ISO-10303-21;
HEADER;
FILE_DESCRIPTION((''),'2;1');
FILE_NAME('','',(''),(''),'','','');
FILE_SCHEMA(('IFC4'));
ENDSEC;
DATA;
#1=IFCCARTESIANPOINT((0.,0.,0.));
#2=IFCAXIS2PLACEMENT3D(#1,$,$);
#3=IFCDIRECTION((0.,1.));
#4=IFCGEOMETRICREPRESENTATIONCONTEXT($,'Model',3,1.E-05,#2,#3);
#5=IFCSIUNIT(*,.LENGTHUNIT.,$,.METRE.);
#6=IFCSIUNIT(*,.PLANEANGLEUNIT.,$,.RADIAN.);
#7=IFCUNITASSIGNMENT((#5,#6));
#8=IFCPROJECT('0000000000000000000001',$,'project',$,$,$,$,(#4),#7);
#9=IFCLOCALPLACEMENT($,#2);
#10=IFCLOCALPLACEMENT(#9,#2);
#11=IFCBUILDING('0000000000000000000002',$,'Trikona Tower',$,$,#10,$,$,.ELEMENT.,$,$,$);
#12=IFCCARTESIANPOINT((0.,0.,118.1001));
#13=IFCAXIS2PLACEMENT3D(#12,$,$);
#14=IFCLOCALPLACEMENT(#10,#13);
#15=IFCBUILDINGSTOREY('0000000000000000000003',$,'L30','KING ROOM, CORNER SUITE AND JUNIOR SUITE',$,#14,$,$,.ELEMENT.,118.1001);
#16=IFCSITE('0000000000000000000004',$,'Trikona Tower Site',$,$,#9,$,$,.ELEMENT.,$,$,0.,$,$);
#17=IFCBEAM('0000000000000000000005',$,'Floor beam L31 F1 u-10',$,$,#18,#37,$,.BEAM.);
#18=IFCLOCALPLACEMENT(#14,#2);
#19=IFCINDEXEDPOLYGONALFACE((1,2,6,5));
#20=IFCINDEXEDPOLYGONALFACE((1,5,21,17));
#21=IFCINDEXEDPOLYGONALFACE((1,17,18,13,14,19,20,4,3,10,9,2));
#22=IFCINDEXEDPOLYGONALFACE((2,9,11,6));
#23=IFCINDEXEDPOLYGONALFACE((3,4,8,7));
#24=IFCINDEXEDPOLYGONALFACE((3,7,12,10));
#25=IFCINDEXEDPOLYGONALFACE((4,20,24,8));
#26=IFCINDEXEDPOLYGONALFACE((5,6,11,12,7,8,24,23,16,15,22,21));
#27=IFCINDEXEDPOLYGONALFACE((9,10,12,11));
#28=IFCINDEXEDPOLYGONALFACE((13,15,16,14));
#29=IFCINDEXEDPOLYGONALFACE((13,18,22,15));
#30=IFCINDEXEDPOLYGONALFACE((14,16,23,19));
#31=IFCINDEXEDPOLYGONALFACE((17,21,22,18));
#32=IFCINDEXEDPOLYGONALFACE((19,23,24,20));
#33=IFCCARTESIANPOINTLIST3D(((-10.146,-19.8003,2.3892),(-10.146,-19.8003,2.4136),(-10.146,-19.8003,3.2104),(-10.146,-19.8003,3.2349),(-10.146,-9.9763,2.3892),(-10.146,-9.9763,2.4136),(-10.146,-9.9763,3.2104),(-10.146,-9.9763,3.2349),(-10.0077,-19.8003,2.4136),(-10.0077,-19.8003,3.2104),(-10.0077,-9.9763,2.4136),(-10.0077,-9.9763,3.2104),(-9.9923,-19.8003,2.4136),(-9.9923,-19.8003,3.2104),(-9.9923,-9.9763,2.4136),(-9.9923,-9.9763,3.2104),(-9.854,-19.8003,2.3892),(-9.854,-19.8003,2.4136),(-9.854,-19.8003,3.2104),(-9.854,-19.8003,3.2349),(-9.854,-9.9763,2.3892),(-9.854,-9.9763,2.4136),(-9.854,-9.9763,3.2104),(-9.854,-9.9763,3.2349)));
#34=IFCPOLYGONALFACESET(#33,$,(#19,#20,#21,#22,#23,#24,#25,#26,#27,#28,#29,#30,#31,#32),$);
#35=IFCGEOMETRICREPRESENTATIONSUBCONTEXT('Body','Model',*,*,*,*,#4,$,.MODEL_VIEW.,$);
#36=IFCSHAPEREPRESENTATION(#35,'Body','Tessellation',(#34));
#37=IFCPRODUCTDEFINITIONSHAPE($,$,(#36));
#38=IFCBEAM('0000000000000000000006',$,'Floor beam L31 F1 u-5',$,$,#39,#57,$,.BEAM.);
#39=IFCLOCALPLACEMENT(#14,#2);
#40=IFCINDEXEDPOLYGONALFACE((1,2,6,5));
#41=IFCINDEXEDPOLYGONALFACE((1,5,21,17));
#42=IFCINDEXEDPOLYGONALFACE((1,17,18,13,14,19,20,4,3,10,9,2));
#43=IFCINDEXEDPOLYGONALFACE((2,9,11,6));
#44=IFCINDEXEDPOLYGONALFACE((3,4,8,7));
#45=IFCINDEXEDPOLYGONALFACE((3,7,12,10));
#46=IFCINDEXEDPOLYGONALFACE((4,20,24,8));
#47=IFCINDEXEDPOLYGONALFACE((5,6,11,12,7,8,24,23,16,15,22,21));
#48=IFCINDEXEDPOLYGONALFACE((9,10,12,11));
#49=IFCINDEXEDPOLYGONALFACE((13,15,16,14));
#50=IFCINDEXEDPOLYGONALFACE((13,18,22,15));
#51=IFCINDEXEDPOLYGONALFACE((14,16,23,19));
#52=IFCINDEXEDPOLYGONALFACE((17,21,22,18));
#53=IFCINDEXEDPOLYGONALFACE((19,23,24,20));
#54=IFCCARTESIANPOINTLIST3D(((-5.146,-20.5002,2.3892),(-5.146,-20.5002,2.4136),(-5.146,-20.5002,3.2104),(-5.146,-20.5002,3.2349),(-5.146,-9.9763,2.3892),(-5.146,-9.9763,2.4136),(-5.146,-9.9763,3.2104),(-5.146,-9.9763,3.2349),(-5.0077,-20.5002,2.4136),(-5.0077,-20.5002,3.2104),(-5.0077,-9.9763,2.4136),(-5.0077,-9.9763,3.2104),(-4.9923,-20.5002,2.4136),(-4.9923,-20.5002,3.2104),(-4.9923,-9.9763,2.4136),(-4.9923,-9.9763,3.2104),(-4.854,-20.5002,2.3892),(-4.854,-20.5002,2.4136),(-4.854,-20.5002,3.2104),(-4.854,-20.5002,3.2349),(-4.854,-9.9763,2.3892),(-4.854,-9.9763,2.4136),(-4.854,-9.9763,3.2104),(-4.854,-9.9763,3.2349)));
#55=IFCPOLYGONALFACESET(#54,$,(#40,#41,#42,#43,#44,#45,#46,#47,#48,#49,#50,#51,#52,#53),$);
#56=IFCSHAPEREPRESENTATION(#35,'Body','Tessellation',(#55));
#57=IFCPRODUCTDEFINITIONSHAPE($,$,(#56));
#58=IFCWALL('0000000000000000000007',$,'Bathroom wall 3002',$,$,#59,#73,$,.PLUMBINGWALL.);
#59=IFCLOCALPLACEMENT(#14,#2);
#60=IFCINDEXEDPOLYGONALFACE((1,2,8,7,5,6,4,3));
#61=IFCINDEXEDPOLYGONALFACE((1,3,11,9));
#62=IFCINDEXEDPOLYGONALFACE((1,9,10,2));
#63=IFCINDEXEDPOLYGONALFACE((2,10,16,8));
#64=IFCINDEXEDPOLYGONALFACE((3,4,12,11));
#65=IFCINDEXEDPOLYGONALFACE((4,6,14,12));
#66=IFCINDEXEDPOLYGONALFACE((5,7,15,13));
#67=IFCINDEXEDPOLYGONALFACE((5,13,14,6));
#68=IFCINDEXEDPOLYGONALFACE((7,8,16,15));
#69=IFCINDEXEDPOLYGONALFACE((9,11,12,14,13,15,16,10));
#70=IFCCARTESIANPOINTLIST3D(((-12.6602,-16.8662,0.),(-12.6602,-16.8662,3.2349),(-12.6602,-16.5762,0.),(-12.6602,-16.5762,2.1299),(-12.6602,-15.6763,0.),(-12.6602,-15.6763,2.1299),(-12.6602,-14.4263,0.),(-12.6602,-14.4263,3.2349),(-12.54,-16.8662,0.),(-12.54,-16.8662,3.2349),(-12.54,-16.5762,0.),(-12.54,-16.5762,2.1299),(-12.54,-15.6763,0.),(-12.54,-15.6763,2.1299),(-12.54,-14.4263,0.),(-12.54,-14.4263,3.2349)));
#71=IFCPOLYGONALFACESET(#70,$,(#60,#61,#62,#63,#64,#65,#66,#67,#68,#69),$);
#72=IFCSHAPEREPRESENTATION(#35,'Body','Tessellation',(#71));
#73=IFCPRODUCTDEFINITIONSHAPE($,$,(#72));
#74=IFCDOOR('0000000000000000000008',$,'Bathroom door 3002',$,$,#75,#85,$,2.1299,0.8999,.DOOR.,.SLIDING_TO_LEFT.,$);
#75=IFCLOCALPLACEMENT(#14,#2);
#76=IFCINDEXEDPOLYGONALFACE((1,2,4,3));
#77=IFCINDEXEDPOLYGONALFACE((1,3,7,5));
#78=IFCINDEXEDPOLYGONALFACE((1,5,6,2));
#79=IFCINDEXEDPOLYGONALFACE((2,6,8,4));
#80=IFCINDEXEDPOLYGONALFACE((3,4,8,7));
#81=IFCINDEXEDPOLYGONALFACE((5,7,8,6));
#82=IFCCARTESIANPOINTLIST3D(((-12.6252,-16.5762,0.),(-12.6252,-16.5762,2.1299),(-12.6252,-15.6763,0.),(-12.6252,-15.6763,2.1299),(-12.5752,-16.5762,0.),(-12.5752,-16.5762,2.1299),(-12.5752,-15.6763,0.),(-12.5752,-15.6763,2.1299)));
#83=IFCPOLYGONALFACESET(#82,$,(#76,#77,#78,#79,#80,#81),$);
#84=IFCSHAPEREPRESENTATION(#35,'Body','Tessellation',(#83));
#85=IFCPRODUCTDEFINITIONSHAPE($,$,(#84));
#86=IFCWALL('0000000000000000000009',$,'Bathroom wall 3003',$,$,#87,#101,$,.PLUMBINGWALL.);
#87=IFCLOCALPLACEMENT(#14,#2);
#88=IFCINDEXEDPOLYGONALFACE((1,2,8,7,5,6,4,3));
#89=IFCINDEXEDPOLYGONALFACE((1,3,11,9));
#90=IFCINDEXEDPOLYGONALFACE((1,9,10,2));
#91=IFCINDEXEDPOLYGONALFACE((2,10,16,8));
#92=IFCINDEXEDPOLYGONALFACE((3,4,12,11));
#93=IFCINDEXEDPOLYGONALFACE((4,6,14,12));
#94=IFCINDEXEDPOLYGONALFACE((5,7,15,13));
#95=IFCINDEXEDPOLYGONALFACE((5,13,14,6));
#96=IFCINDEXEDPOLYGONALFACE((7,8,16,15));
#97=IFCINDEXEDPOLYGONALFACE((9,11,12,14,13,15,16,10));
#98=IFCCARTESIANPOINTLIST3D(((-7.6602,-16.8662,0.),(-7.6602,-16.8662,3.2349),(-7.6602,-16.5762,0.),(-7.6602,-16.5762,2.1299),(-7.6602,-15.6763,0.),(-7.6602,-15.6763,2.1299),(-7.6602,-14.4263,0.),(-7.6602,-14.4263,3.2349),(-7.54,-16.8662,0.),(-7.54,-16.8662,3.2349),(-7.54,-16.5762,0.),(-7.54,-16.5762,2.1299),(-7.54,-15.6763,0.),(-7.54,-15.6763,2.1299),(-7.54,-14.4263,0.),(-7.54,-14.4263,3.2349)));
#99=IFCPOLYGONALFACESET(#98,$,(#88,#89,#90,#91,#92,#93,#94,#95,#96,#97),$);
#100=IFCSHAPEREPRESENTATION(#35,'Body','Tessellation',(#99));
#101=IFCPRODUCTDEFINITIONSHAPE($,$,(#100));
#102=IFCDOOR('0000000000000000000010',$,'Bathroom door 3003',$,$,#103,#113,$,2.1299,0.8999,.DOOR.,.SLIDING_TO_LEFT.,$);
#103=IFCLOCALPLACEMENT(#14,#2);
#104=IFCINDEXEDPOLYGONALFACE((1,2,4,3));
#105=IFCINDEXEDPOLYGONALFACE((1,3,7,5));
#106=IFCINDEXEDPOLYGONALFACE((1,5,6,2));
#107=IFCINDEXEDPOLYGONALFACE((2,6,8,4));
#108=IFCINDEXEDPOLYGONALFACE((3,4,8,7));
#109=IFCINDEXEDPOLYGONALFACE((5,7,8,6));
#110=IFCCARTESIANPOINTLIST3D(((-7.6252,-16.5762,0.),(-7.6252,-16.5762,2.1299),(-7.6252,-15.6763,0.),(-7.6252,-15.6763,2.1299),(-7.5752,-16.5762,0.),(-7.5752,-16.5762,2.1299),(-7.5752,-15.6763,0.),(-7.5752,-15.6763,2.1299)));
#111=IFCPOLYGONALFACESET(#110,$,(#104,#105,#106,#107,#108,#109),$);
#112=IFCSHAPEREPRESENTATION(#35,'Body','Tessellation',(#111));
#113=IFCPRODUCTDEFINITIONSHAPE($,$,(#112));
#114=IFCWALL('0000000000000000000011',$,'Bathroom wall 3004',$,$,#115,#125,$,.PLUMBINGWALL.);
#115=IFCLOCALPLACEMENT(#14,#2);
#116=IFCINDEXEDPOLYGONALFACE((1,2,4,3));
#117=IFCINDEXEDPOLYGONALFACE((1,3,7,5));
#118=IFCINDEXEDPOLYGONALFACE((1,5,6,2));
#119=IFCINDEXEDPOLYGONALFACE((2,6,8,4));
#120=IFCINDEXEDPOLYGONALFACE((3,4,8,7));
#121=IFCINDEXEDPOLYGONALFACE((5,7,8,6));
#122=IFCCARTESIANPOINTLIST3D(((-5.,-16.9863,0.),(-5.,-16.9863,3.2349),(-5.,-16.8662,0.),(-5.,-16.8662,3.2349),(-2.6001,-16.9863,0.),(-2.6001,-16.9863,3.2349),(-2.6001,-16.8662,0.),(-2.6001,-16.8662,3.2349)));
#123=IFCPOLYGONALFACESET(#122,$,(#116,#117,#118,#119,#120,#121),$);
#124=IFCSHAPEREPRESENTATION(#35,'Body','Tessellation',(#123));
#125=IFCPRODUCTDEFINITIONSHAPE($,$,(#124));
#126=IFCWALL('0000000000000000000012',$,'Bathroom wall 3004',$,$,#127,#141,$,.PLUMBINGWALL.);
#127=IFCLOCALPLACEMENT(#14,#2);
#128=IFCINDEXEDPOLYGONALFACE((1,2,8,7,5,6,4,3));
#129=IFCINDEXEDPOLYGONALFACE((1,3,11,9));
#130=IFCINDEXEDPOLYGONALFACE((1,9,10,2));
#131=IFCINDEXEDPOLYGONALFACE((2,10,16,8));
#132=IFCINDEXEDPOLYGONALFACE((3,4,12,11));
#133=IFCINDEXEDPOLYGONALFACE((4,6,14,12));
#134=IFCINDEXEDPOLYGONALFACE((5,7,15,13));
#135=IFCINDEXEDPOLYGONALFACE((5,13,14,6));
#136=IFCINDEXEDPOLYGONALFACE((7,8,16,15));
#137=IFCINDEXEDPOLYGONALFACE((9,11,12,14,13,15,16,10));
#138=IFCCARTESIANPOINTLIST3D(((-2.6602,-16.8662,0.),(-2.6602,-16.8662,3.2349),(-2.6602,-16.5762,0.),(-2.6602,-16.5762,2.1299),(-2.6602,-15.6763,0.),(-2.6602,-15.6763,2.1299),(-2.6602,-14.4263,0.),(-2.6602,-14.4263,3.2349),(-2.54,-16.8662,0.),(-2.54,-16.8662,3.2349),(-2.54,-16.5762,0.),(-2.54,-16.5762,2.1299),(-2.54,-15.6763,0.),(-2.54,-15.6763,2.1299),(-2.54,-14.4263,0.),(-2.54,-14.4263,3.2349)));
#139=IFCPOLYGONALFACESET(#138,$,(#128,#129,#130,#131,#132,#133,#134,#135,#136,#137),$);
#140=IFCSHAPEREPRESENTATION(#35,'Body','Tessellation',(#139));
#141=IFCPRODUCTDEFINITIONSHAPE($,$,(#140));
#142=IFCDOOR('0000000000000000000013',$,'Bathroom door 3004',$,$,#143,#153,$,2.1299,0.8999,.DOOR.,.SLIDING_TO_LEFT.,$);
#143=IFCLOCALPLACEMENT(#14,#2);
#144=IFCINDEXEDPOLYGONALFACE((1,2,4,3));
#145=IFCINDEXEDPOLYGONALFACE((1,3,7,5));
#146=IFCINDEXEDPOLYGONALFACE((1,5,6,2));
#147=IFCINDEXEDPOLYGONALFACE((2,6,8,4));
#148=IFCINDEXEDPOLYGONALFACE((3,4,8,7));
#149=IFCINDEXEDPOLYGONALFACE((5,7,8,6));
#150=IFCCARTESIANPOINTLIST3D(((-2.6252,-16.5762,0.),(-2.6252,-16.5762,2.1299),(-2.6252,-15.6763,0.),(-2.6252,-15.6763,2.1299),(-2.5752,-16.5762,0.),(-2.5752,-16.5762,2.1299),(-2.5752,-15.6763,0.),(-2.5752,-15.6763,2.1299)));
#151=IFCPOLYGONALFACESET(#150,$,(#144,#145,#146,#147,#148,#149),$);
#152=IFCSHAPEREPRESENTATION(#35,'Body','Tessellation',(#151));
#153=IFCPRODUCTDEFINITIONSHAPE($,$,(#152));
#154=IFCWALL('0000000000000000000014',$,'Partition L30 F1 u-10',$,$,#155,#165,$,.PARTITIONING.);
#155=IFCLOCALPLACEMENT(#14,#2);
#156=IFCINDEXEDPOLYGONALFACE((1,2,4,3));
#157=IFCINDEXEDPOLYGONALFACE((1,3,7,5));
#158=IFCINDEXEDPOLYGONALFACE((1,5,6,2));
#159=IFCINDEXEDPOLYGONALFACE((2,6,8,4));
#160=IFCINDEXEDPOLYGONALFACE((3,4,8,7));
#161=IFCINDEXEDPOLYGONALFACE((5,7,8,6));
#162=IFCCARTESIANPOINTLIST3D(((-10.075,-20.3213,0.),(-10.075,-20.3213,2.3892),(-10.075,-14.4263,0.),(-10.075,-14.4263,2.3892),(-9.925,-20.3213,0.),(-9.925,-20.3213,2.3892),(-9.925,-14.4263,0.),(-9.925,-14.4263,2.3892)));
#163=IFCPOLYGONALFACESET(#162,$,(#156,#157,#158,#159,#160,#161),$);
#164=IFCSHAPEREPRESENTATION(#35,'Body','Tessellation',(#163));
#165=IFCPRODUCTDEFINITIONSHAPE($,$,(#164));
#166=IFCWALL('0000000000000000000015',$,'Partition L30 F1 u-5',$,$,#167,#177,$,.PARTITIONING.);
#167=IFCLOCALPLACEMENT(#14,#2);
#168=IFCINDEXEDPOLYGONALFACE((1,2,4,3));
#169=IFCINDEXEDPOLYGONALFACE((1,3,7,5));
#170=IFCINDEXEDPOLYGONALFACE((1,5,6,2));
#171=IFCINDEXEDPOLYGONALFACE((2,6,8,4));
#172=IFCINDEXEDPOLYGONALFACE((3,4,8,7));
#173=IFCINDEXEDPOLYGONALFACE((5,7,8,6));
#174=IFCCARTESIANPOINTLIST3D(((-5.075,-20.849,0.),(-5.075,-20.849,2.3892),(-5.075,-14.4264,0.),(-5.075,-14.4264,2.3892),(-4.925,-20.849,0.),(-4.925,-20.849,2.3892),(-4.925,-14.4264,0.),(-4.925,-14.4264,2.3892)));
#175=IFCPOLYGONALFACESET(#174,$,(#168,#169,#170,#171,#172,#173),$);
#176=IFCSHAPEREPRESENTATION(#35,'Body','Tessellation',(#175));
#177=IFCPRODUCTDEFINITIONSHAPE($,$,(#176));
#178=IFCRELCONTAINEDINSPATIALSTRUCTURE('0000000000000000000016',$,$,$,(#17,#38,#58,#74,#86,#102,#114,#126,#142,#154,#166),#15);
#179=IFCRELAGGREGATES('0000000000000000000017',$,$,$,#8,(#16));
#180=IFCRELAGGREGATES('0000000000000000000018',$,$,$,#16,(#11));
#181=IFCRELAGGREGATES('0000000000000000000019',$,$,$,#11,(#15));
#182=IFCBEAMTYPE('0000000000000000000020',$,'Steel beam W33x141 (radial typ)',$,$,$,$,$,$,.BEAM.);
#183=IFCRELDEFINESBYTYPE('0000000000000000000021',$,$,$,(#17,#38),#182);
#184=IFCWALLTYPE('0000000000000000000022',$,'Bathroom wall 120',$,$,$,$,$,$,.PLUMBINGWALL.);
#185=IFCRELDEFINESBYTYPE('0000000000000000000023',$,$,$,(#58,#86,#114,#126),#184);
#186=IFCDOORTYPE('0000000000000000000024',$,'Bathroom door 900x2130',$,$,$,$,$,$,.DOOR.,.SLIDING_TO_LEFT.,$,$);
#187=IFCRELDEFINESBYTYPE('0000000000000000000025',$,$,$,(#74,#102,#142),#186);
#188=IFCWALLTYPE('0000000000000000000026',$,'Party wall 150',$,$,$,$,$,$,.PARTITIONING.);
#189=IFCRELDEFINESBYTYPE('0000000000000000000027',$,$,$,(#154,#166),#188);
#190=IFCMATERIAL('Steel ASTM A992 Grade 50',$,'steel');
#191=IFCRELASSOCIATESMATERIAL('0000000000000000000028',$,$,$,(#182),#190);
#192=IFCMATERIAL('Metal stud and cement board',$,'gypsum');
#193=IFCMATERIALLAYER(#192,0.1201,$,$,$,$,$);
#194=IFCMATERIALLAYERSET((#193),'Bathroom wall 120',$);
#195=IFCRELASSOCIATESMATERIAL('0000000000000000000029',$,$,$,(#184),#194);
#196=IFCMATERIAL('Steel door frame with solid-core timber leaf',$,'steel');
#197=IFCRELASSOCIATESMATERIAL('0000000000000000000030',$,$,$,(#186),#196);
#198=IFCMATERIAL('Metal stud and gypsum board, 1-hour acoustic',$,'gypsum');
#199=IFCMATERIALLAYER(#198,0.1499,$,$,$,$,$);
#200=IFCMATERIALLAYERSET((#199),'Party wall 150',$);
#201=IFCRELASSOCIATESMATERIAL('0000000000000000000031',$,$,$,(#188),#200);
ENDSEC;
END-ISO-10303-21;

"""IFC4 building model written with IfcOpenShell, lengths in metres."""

from ifc_helpers import new_model, si_unit, direction, frame, frame_2d, origin, origin_2d, place, context, subcontext, project, spatial, rectangle, i_section, extrude, material, layer, layer_set, material_profile, profile_set, type_object, element, fill, save


model = new_model("IFC4")

# Units and contexts
model_context = context("Model", 3, precision=1e-05, world=origin(), true_north=direction((0.0, 1.0)))
body_context = subcontext(model_context, "Body", "Model", "MODEL_VIEW")
ifc_project = project(units=[si_unit("LENGTHUNIT", "METRE"), si_unit("PLANEANGLEUNIT", "RADIAN")], contexts=[model_context])

# Site, building, storey
site_placement = place(None, origin())
site = spatial("IfcSite", under=ifc_project, at=site_placement, Name="Trikona Tower Site", CompositionType="ELEMENT", RefElevation=0.0)
building_placement = place(site_placement, origin())
building = spatial("IfcBuilding", under=site, at=building_placement, Name="Trikona Tower", CompositionType="ELEMENT")
storey_placement = place(building_placement, frame((0.0, 0.0, 118.1001)))
storey = spatial("IfcBuildingStorey", under=building, at=storey_placement, Name="L30", Description="KING ROOM, CORNER SUITE AND JUNIOR SUITE", CompositionType="ELEMENT", Elevation=118.1001)

# Beams
ifc_material_1 = material(Name="Steel ASTM A992 Grade 50", Category="steel")
ifc_material_profile = material_profile(ifc_material_1, i_section(OverallWidth=0.292, OverallDepth=0.8457, WebThickness=0.0154, FlangeThickness=0.0244, at=origin_2d()), Name="W33X141")
ifc_profile_set = profile_set([ifc_material_profile], Name="Steel ASTM A992 Grade 50")
beam_type = type_object("IfcBeamType", Name="Steel beam W33x141 (radial typ)", PredefinedType="BEAM", material=ifc_profile_set)
beam_1_placement = place(storey_placement, frame((-10.0, -9.9763, 2.812), z_axis=(0.0, -1.0, 0.0), x_axis=(1.0, 0.0, 0.0)))
element("IfcBeam", 1, at=beam_1_placement, inside=storey, type_object=beam_type, Name="Floor beam L31 F1 u-10", PredefinedType="BEAM", context=body_context, shape_type="SweptSolid", body=[
    extrude(i_section(OverallWidth=0.292, OverallDepth=0.8457, WebThickness=0.0154, FlangeThickness=0.0244, at=origin_2d()), origin(), (0.0, 0.0, 1.0), 9.824),
])
beam_2_placement = place(storey_placement, frame((-5.0, -9.9763, 2.812), z_axis=(0.0, -1.0, 0.0), x_axis=(1.0, 0.0, 0.0)))
element("IfcBeam", 2, at=beam_2_placement, inside=storey, type_object=beam_type, Name="Floor beam L31 F1 u-5", PredefinedType="BEAM", context=body_context, shape_type="SweptSolid", body=[
    extrude(i_section(OverallWidth=0.292, OverallDepth=0.8457, WebThickness=0.0154, FlangeThickness=0.0244, at=origin_2d()), origin(), (0.0, 0.0, 1.0), 10.5239),
])

# Walls, openings, doors
ifc_material_2 = material(Name="Metal stud and cement board", Category="gypsum")
ifc_layer_1 = layer(ifc_material_2, 0.1201)
ifc_layer_set_1 = layer_set([ifc_layer_1], Name="Bathroom wall 120")
wall_type_1 = type_object("IfcWallType", Name="Bathroom wall 120", PredefinedType="PLUMBINGWALL", material=ifc_layer_set_1)
wall_1_placement = place(storey_placement, frame((-12.6001, -14.4263, 0.0), z_axis=(0.0, 0.0, 1.0), x_axis=(0.0, -1.0, 0.0)))
wall_1 = element("IfcWall", 3, at=wall_1_placement, inside=storey, type_object=wall_type_1, Name="Bathroom wall 3002", PredefinedType="PLUMBINGWALL", context=body_context, shape_type="SweptSolid", body=[
    extrude(rectangle(XDim=2.4399, YDim=0.1201, at=frame_2d((1.22, 0.0))), origin(), (0.0, 0.0, 1.0), 3.2349),
])
opening_1_placement = place(wall_1_placement, frame((1.25, 0.0, 0.0)))
opening_1 = element("IfcOpeningElement", 4, at=opening_1_placement, cuts=wall_1, PredefinedType="OPENING", context=body_context, shape_type="SweptSolid", body=[
    extrude(rectangle(XDim=0.8999, YDim=2.1299, at=frame_2d((0.45, 1.0649))), frame((0.0, 0.0701, 0.0), z_axis=(0.0, -1.0, 0.0), x_axis=(1.0, 0.0, 0.0)), (0.0, 0.0, 1.0), 0.1401),
])
ifc_material_3 = material(Name="Steel door frame with solid-core timber leaf", Category="steel")
door_type_1 = type_object("IfcDoorType", Name="Bathroom door 900x2130", OperationType="SLIDING_TO_LEFT", PredefinedType="DOOR", material=ifc_material_3)
door_1_placement = place(opening_1_placement, origin())
door_1 = element("IfcDoor", 5, at=door_1_placement, inside=storey, type_object=door_type_1, Name="Bathroom door 3002", OperationType="SLIDING_TO_LEFT", OverallHeight=2.1299, OverallWidth=0.8999, PredefinedType="DOOR", context=body_context, shape_type="SweptSolid", body=[
    extrude(rectangle(XDim=0.8999, YDim=2.1299, at=frame_2d((0.45, 1.0649))), frame((0.0, 0.0249, 0.0), z_axis=(0.0, -1.0, 0.0), x_axis=(1.0, 0.0, 0.0)), (0.0, 0.0, 1.0), 0.05),
])
fill(opening_1, door_1)
wall_2_placement = place(storey_placement, frame((-7.6001, -14.4263, 0.0), z_axis=(0.0, 0.0, 1.0), x_axis=(0.0, -1.0, 0.0)))
wall_2 = element("IfcWall", 6, at=wall_2_placement, inside=storey, type_object=wall_type_1, Name="Bathroom wall 3003", PredefinedType="PLUMBINGWALL", context=body_context, shape_type="SweptSolid", body=[
    extrude(rectangle(XDim=2.4399, YDim=0.1201, at=frame_2d((1.22, 0.0))), origin(), (0.0, 0.0, 1.0), 3.2349),
])
opening_2_placement = place(wall_2_placement, frame((1.25, 0.0, 0.0)))
opening_2 = element("IfcOpeningElement", 7, at=opening_2_placement, cuts=wall_2, PredefinedType="OPENING", context=body_context, shape_type="SweptSolid", body=[
    extrude(rectangle(XDim=0.8999, YDim=2.1299, at=frame_2d((0.45, 1.0649))), frame((0.0, 0.0701, 0.0), z_axis=(0.0, -1.0, 0.0), x_axis=(1.0, 0.0, 0.0)), (0.0, 0.0, 1.0), 0.1401),
])
door_2_placement = place(opening_2_placement, origin())
door_2 = element("IfcDoor", 8, at=door_2_placement, inside=storey, type_object=door_type_1, Name="Bathroom door 3003", OperationType="SLIDING_TO_LEFT", OverallHeight=2.1299, OverallWidth=0.8999, PredefinedType="DOOR", context=body_context, shape_type="SweptSolid", body=[
    extrude(rectangle(XDim=0.8999, YDim=2.1299, at=frame_2d((0.45, 1.0649))), frame((0.0, 0.0249, 0.0), z_axis=(0.0, -1.0, 0.0), x_axis=(1.0, 0.0, 0.0)), (0.0, 0.0, 1.0), 0.05),
])
fill(opening_2, door_2)

# Wall
wall_3_placement = place(storey_placement, frame((-5.0, -16.9263, 0.0), z_axis=(0.0, 0.0, 1.0), x_axis=(1.0, 0.0, 0.0)))
element("IfcWall", 9, at=wall_3_placement, inside=storey, type_object=wall_type_1, Name="Bathroom wall 3004", PredefinedType="PLUMBINGWALL", context=body_context, shape_type="SweptSolid", body=[
    extrude(rectangle(XDim=2.3999, YDim=0.1201, at=frame_2d((1.2, 0.0))), origin(), (0.0, 0.0, 1.0), 3.2349),
])

# Wall, opening, door
wall_4_placement = place(storey_placement, frame((-2.6001, -14.4263, 0.0), z_axis=(0.0, 0.0, 1.0), x_axis=(0.0, -1.0, 0.0)))
wall_4 = element("IfcWall", 10, at=wall_4_placement, inside=storey, type_object=wall_type_1, Name="Bathroom wall 3004", PredefinedType="PLUMBINGWALL", context=body_context, shape_type="SweptSolid", body=[
    extrude(rectangle(XDim=2.4399, YDim=0.1201, at=frame_2d((1.22, 0.0))), origin(), (0.0, 0.0, 1.0), 3.2349),
])
opening_3_placement = place(wall_4_placement, frame((1.25, 0.0, 0.0)))
opening_3 = element("IfcOpeningElement", 11, at=opening_3_placement, cuts=wall_4, PredefinedType="OPENING", context=body_context, shape_type="SweptSolid", body=[
    extrude(rectangle(XDim=0.8999, YDim=2.1299, at=frame_2d((0.45, 1.0649))), frame((0.0, 0.0701, 0.0), z_axis=(0.0, -1.0, 0.0), x_axis=(1.0, 0.0, 0.0)), (0.0, 0.0, 1.0), 0.1401),
])
door_3_placement = place(opening_3_placement, origin())
door_3 = element("IfcDoor", 12, at=door_3_placement, inside=storey, type_object=door_type_1, Name="Bathroom door 3004", OperationType="SLIDING_TO_LEFT", OverallHeight=2.1299, OverallWidth=0.8999, PredefinedType="DOOR", context=body_context, shape_type="SweptSolid", body=[
    extrude(rectangle(XDim=0.8999, YDim=2.1299, at=frame_2d((0.45, 1.0649))), frame((0.0, 0.0249, 0.0), z_axis=(0.0, -1.0, 0.0), x_axis=(1.0, 0.0, 0.0)), (0.0, 0.0, 1.0), 0.05),
])
fill(opening_3, door_3)

# Walls
ifc_material_4 = material(Name="Metal stud and gypsum board, 1-hour acoustic", Category="gypsum")
ifc_layer_2 = layer(ifc_material_4, 0.1499)
ifc_layer_set_2 = layer_set([ifc_layer_2], Name="Party wall 150")
wall_type_2 = type_object("IfcWallType", Name="Party wall 150", PredefinedType="PARTITIONING", material=ifc_layer_set_2)
wall_5_placement = place(storey_placement, frame((-10.0, -14.4263, 0.0), z_axis=(0.0, 0.0, 1.0), x_axis=(0.0, -1.0, 0.0)))
element("IfcWall", 13, at=wall_5_placement, inside=storey, type_object=wall_type_2, Name="Partition L30 F1 u-10", PredefinedType="PARTITIONING", context=body_context, shape_type="SweptSolid", body=[
    extrude(rectangle(XDim=5.895, YDim=0.1499, at=frame_2d((2.9475, 0.0))), origin(), (0.0, 0.0, 1.0), 2.3892),
])
wall_6_placement = place(storey_placement, frame((-5.0, -14.4263, 0.0), z_axis=(0.0, 0.0, 1.0), x_axis=(0.0, -1.0, 0.0)))
element("IfcWall", 14, at=wall_6_placement, inside=storey, type_object=wall_type_2, Name="Partition L30 F1 u-5", PredefinedType="PARTITIONING", context=body_context, shape_type="SweptSolid", body=[
    extrude(rectangle(XDim=6.4226, YDim=0.1499, at=frame_2d((3.2114, 0.0))), origin(), (0.0, 0.0, 1.0), 2.3892),
])

save(model, "model.ifc")
